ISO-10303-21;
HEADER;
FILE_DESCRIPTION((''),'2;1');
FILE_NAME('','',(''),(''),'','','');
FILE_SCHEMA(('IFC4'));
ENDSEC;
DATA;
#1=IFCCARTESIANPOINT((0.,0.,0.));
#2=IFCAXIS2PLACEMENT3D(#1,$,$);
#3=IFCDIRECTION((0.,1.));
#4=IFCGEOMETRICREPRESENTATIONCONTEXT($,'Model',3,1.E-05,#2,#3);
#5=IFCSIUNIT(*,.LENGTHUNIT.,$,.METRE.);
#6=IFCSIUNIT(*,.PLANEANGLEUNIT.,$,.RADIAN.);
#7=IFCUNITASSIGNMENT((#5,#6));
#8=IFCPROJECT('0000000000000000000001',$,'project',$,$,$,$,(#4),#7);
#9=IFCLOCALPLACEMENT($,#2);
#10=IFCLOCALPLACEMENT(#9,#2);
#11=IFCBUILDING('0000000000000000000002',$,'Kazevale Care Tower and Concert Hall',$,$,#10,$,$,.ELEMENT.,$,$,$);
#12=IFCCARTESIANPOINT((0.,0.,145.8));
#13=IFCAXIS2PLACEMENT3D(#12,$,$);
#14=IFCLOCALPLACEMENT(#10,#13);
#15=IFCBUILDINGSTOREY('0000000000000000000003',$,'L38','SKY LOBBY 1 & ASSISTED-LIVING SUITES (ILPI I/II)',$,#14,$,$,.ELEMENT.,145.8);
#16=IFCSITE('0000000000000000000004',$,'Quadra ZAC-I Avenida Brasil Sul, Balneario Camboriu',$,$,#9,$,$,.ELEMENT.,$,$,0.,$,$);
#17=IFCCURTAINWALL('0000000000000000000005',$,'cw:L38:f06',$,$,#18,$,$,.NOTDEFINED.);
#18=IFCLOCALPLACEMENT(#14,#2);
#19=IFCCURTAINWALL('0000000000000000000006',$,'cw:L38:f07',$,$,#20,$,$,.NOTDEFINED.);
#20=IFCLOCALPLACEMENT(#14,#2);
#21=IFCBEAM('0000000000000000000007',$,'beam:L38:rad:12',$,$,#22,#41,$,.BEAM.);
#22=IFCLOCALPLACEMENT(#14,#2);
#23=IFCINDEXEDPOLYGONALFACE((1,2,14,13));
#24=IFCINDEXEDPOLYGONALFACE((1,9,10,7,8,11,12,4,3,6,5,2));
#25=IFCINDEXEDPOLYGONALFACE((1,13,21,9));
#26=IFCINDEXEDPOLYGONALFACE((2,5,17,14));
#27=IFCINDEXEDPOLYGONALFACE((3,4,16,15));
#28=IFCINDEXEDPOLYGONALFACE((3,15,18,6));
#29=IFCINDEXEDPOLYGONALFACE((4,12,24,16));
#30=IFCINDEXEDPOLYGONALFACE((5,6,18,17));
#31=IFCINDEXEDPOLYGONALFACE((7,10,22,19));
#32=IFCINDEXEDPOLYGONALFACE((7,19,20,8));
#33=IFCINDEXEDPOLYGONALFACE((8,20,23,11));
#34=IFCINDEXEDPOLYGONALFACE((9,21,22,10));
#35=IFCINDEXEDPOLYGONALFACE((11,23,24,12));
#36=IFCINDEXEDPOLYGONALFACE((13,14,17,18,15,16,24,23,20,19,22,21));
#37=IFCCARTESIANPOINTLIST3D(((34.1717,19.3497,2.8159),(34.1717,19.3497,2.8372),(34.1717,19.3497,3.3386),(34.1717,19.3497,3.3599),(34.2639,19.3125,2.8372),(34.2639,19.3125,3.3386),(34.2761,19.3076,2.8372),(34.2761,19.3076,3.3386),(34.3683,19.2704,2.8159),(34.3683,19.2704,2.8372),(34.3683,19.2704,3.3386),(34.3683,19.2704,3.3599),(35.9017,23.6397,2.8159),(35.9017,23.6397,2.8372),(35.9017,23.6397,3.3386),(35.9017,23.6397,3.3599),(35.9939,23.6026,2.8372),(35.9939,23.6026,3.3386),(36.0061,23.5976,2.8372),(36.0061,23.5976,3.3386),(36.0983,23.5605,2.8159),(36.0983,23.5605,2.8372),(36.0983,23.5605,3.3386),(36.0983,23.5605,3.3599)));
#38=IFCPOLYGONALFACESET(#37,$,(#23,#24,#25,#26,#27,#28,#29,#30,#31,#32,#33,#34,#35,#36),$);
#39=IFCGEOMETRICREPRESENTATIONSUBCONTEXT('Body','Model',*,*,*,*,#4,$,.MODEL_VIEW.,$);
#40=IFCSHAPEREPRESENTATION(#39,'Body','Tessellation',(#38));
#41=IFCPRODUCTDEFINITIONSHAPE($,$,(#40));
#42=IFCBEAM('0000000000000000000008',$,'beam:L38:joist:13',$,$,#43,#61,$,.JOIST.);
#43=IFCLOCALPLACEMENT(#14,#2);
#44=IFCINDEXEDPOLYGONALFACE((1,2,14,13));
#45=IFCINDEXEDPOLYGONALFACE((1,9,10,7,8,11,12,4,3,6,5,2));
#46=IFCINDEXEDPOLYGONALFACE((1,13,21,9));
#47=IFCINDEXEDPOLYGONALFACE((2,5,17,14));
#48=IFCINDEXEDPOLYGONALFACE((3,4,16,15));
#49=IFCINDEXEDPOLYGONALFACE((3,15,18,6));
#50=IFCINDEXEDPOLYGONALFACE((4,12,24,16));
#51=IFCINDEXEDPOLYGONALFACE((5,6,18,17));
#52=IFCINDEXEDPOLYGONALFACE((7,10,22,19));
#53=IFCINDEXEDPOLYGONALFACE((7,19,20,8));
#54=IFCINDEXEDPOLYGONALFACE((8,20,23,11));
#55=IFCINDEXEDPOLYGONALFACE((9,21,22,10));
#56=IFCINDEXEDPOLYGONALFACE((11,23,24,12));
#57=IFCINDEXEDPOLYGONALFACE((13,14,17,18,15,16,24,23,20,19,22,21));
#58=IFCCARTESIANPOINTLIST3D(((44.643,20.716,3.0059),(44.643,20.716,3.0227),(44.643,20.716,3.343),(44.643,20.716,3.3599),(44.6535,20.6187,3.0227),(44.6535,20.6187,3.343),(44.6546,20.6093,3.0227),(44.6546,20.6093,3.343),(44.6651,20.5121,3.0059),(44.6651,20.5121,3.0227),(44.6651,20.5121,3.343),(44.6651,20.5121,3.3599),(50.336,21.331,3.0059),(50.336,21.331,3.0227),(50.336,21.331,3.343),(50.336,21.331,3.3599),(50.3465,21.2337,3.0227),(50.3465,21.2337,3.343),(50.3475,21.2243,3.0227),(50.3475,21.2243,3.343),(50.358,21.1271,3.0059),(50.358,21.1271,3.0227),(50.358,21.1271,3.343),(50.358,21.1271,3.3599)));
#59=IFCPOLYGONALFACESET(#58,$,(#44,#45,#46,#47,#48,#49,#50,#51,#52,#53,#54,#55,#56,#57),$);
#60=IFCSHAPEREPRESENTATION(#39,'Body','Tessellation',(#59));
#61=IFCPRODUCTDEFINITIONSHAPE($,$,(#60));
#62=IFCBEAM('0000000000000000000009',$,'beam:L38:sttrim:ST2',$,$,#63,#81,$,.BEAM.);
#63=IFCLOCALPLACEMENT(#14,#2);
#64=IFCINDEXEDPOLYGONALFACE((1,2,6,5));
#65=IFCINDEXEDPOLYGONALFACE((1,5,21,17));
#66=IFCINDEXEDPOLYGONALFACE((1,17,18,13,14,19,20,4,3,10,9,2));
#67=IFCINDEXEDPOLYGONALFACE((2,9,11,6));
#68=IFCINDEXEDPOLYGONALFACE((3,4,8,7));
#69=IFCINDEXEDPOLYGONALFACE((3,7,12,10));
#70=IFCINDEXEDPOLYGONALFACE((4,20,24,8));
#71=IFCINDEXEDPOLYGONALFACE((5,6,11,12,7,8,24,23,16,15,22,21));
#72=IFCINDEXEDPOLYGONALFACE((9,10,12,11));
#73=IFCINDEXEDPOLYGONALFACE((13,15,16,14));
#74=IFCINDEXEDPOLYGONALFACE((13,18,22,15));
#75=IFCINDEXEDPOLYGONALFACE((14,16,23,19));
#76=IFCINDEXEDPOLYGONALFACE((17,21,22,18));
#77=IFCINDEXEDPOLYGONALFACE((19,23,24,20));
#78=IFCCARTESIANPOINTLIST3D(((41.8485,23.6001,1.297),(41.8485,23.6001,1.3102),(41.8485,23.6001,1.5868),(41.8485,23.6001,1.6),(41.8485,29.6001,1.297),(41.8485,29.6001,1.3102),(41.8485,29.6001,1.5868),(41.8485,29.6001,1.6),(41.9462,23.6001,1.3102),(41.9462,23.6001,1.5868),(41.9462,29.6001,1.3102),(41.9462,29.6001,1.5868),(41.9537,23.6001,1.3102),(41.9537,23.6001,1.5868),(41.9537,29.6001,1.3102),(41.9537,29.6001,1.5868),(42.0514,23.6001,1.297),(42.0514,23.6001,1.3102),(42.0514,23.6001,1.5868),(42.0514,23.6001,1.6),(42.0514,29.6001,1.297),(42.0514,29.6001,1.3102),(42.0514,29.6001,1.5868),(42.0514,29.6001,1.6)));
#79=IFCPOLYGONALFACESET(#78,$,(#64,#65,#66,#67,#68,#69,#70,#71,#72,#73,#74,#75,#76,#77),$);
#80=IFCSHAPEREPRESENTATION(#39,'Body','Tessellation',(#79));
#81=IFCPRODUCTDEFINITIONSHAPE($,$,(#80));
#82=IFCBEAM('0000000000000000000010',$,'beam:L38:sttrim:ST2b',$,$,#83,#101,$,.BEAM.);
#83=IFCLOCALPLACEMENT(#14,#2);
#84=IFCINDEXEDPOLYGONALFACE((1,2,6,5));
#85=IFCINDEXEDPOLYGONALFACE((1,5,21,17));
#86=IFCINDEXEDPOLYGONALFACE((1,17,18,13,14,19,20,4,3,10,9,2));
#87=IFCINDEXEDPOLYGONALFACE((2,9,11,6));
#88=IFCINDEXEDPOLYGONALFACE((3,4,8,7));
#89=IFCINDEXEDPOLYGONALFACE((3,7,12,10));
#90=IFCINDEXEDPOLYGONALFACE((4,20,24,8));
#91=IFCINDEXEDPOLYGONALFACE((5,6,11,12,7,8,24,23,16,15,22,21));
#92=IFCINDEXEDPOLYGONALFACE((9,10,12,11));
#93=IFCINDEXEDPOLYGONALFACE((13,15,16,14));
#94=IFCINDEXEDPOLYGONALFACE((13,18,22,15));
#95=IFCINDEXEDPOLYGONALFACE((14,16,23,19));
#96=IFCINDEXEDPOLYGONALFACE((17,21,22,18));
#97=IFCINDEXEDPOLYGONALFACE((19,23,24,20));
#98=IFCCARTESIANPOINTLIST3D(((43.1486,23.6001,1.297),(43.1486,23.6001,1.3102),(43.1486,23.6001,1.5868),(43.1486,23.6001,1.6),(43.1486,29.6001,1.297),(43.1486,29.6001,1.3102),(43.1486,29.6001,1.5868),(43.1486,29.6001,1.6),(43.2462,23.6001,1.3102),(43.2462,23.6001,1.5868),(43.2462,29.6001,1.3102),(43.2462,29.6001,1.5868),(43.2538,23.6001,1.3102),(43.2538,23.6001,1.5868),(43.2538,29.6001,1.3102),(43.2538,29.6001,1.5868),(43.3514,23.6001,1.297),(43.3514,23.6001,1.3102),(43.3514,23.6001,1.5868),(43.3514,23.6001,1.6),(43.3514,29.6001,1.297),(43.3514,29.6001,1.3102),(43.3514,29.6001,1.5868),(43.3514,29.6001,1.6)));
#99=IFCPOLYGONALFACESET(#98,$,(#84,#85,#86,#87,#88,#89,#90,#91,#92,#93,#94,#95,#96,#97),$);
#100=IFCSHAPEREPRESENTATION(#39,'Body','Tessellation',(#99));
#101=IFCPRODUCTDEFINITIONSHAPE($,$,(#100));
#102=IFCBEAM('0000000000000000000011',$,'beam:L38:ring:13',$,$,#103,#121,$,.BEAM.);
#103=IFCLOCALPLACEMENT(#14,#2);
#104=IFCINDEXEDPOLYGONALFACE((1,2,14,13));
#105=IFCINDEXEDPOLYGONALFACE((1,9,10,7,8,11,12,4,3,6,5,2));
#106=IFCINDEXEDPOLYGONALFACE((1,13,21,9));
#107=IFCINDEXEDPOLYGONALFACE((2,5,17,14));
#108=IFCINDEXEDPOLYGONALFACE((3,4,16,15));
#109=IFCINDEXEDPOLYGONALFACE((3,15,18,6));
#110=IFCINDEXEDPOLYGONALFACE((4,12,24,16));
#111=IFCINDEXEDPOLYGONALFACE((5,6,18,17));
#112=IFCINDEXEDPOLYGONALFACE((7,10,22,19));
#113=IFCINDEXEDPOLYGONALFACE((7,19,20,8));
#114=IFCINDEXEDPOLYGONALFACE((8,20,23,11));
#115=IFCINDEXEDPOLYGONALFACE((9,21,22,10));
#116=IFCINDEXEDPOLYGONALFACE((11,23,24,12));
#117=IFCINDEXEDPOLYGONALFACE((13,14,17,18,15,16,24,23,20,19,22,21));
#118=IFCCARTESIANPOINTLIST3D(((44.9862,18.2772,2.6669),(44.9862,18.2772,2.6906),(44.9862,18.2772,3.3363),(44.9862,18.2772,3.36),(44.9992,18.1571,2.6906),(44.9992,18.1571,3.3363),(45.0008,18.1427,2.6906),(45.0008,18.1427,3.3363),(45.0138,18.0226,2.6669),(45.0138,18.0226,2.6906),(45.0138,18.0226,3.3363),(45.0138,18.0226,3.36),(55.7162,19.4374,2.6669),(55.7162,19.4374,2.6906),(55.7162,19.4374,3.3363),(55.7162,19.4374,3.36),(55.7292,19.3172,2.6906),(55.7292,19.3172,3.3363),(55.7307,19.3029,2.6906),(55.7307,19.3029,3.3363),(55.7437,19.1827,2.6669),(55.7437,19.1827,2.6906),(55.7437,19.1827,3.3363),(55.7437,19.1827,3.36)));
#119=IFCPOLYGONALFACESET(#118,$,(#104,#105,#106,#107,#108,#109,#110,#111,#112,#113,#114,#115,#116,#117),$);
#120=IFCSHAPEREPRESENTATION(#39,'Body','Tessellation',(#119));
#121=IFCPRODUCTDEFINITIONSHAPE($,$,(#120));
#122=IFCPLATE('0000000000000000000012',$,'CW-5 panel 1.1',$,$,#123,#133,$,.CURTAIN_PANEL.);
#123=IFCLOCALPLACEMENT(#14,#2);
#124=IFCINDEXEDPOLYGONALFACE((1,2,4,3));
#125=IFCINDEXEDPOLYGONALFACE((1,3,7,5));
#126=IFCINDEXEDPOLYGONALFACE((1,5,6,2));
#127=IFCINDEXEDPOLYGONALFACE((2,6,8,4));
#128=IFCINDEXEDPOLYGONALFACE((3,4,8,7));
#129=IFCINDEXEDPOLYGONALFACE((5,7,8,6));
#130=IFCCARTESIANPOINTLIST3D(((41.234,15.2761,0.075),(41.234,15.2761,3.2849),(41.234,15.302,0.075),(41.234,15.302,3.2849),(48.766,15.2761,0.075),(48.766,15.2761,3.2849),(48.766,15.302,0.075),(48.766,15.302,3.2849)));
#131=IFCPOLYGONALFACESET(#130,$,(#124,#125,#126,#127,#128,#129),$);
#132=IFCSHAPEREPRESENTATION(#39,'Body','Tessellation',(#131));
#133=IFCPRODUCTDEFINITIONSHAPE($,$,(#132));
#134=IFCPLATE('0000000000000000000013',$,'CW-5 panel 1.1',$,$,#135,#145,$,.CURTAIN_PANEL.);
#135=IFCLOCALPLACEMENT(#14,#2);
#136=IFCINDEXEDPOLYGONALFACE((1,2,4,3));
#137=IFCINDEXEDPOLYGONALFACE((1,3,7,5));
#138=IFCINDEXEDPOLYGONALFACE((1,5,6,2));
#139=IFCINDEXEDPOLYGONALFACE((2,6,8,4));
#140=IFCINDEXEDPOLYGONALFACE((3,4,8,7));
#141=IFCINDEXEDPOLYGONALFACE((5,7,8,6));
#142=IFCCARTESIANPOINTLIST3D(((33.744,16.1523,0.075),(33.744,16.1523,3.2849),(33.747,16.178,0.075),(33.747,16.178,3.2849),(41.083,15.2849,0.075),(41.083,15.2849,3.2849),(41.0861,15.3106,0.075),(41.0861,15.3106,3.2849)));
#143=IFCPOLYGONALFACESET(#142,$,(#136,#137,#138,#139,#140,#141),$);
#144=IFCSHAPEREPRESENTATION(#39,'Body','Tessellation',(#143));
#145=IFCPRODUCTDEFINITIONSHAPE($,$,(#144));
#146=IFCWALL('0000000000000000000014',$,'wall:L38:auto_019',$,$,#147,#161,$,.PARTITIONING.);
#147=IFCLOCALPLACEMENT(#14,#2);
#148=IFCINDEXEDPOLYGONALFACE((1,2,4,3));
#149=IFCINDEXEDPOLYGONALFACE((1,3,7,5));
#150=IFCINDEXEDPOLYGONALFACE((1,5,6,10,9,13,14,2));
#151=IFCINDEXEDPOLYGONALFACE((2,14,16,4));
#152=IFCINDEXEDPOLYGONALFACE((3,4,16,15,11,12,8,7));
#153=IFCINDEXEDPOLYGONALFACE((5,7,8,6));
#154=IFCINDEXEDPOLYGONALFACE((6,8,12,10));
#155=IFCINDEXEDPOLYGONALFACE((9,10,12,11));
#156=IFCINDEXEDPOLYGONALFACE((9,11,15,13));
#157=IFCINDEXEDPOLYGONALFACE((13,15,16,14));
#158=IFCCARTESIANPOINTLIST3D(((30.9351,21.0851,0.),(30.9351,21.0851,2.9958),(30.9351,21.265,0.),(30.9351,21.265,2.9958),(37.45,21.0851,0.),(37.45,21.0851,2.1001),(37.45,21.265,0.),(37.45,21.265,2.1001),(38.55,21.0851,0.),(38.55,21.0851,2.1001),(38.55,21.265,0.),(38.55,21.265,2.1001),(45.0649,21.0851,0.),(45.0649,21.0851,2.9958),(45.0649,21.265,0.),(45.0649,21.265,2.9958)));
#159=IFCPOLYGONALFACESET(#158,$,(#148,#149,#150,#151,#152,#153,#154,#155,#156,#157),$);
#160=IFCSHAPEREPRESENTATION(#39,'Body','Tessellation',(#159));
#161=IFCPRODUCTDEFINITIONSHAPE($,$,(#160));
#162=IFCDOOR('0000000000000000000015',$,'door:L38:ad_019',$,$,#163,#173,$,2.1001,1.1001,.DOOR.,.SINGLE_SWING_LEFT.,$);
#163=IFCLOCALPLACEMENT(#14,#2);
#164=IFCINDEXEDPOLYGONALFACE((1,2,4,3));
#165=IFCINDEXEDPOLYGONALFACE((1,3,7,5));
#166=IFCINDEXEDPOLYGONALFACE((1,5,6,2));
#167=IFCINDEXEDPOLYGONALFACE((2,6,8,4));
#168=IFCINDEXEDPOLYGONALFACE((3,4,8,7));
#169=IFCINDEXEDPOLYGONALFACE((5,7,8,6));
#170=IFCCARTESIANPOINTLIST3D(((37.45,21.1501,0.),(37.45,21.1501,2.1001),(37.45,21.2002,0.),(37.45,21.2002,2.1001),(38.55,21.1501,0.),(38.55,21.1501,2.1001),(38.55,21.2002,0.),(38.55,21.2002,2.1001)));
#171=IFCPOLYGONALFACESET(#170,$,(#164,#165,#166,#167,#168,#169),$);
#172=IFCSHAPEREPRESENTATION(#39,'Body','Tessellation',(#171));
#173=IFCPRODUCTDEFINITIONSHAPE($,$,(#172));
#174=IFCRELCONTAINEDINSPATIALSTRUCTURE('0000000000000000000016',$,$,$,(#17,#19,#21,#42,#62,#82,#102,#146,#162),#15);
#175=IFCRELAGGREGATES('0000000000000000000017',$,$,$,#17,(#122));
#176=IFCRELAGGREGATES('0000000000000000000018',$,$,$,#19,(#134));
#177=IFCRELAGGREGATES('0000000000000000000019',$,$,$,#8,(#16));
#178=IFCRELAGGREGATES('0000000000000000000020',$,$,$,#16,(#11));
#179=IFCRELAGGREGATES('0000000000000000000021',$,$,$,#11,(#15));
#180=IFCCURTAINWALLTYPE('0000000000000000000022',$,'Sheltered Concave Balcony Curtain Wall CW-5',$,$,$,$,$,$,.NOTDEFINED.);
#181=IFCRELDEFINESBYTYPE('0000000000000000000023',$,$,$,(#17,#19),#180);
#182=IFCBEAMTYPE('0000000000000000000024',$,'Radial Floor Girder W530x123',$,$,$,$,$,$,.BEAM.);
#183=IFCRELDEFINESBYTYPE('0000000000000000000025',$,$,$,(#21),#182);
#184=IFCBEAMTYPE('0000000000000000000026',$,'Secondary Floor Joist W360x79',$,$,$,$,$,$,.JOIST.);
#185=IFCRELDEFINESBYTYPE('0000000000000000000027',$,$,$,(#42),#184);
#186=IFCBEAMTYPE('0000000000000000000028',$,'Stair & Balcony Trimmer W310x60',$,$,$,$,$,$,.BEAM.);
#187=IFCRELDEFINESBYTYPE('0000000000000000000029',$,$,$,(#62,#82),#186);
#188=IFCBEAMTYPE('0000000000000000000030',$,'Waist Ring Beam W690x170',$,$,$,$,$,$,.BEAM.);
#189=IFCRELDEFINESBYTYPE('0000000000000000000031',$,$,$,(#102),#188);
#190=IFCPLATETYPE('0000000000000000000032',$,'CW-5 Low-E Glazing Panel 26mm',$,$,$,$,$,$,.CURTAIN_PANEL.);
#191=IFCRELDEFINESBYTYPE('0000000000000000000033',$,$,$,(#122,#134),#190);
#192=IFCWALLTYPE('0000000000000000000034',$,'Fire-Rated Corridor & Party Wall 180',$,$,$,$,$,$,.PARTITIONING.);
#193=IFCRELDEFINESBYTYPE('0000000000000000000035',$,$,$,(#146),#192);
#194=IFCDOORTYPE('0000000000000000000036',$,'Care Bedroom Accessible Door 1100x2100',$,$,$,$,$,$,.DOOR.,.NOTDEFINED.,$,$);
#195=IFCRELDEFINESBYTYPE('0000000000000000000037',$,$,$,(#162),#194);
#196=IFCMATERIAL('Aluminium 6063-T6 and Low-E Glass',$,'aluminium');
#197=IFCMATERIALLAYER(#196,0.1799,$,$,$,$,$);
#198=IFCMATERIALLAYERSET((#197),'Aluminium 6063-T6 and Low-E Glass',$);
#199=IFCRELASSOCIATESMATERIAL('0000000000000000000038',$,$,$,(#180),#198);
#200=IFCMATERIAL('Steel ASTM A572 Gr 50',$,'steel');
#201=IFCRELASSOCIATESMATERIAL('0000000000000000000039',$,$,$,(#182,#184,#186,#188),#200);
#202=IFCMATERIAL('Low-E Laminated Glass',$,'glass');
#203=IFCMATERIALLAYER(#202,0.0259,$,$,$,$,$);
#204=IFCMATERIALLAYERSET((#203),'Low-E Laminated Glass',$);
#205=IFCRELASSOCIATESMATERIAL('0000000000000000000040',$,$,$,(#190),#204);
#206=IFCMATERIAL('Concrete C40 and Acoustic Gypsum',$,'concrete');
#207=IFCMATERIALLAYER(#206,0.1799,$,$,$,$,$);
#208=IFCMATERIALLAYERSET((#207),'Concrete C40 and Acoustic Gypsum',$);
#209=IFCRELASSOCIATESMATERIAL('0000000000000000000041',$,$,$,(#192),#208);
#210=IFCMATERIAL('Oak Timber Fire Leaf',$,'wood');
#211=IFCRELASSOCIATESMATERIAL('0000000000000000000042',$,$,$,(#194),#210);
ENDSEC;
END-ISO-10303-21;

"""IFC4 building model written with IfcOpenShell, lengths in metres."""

from ifc_helpers import new_model, si_unit, direction, frame, frame_2d, origin, origin_2d, place, context, subcontext, project, spatial, rectangle, i_section, extrude, material, layer, layer_set, material_profile, profile_set, type_object, element, fill, aggregate, save


model = new_model("IFC4")

# Units and contexts
model_context = context("Model", 3, precision=1e-05, world=origin(), true_north=direction((0.0, 1.0)))
body_context = subcontext(model_context, "Body", "Model", "MODEL_VIEW")
ifc_project = project(units=[si_unit("LENGTHUNIT", "METRE"), si_unit("PLANEANGLEUNIT", "RADIAN")], contexts=[model_context])

# Site, building, storey
site_placement = place(None, origin())
site = spatial("IfcSite", under=ifc_project, at=site_placement, Name="Quadra ZAC-I Avenida Brasil Sul, Balneario Camboriu", CompositionType="ELEMENT", RefElevation=0.0)
building_placement = place(site_placement, origin())
building = spatial("IfcBuilding", under=site, at=building_placement, Name="Kazevale Care Tower and Concert Hall", CompositionType="ELEMENT")
storey_placement = place(building_placement, frame((0.0, 0.0, 145.8)))
storey = spatial("IfcBuildingStorey", under=building, at=storey_placement, Name="L38", Description="SKY LOBBY 1 & ASSISTED-LIVING SUITES (ILPI I/II)", CompositionType="ELEMENT", Elevation=145.8)

# Curtain walls
ifc_material_1 = material(Name="Aluminium 6063-T6 and Low-E Glass", Category="aluminium")
ifc_layer_1 = layer(ifc_material_1, 0.1799)
ifc_layer_set_1 = layer_set([ifc_layer_1], Name="Aluminium 6063-T6 and Low-E Glass")
curtain_wall_type = type_object("IfcCurtainWallType", Name="Sheltered Concave Balcony Curtain Wall CW-5", PredefinedType="NOTDEFINED", material=ifc_layer_set_1)
curtain_wall_1_placement = place(storey_placement, origin())
curtain_wall_1 = element("IfcCurtainWall", 1, at=curtain_wall_1_placement, inside=storey, type_object=curtain_wall_type, Name="cw:L38:f06", PredefinedType="NOTDEFINED")
curtain_wall_2_placement = place(storey_placement, origin())
curtain_wall_2 = element("IfcCurtainWall", 2, at=curtain_wall_2_placement, inside=storey, type_object=curtain_wall_type, Name="cw:L38:f07", PredefinedType="NOTDEFINED")

# Beams
ifc_material_2 = material(Name="Steel ASTM A572 Gr 50", Category="steel")
ifc_material_profile_1 = material_profile(ifc_material_2, i_section(OverallWidth=0.2119, OverallDepth=0.5439, WebThickness=0.0132, FlangeThickness=0.0212, at=origin_2d()), Name="W530x123")
ifc_profile_set_1 = profile_set([ifc_material_profile_1], Name="Steel ASTM A572 Gr 50")
beam_type_1 = type_object("IfcBeamType", Name="Radial Floor Girder W530x123", PredefinedType="BEAM", material=ifc_profile_set_1)
beam_1_placement = place(storey_placement, frame((36.0, 23.6001, 3.0879), z_axis=(-0.373992, -0.927432, 0.0), x_axis=(0.927432, -0.373992, 0.0)))
element("IfcBeam", 3, at=beam_1_placement, inside=storey, type_object=beam_type_1, Name="beam:L38:rad:12", PredefinedType="BEAM", context=body_context, shape_type="SweptSolid", body=[
    extrude(i_section(OverallWidth=0.2119, OverallDepth=0.5439, WebThickness=0.0132, FlangeThickness=0.0212, at=origin_2d()), origin(), (0.0, 0.0, 1.0), 4.6257),
])
ifc_material_profile_2 = material_profile(ifc_material_2, i_section(OverallWidth=0.2051, OverallDepth=0.354, WebThickness=0.0095, FlangeThickness=0.0168, at=origin_2d()), Name="W360x79")
ifc_profile_set_2 = profile_set([ifc_material_profile_2], Name="Steel ASTM A572 Gr 50")
beam_type_2 = type_object("IfcBeamType", Name="Secondary Floor Joist W360x79", PredefinedType="JOIST", material=ifc_profile_set_2)
beam_2_placement = place(storey_placement, frame((44.6541, 20.614, 3.1829), z_axis=(0.994216, 0.107403, 0.0), x_axis=(-0.107403, 0.994216, 0.0)))
element("IfcBeam", 4, at=beam_2_placement, inside=storey, type_object=beam_type_2, Name="beam:L38:joist:13", PredefinedType="JOIST", context=body_context, shape_type="SweptSolid", body=[
    extrude(i_section(OverallWidth=0.2051, OverallDepth=0.354, WebThickness=0.0095, FlangeThickness=0.0168, at=origin_2d()), origin(), (0.0, 0.0, 1.0), 5.7261),
])
ifc_material_profile_3 = material_profile(ifc_material_2, i_section(OverallWidth=0.2029, OverallDepth=0.303, WebThickness=0.0076, FlangeThickness=0.0132, at=origin_2d()), Name="W310x60")
ifc_profile_set_3 = profile_set([ifc_material_profile_3], Name="Steel ASTM A572 Gr 50")
beam_type_3 = type_object("IfcBeamType", Name="Stair & Balcony Trimmer W310x60", PredefinedType="BEAM", material=ifc_profile_set_3)
for number, where, z_axis, x_axis, name in (
    (5, (41.95, 23.6001, 1.4485), (0.0, 1.0, 0.0), (-1.0, 0.0, 0.0), "beam:L38:sttrim:ST2"),
    (6, (43.25, 23.6001, 1.4485), (0.0, 1.0, 0.0), (-1.0, 0.0, 0.0), "beam:L38:sttrim:ST2b"),
):
    element("IfcBeam", number, at=place(storey_placement, frame(where, z_axis=z_axis, x_axis=x_axis)), inside=storey, type_object=beam_type_3, Name=name, PredefinedType="BEAM", context=body_context, shape_type="SweptSolid", body=[
        extrude(i_section(OverallWidth=0.2029, OverallDepth=0.303, WebThickness=0.0076, FlangeThickness=0.0132, at=origin_2d()), origin(), (0.0, 0.0, 1.0), 6.0),
    ])
ifc_material_profile_4 = material_profile(ifc_material_2, i_section(OverallWidth=0.2561, OverallDepth=0.6931, WebThickness=0.0144, FlangeThickness=0.0237, at=origin_2d()), Name="W690x170")
ifc_profile_set_4 = profile_set([ifc_material_profile_4], Name="Steel ASTM A572 Gr 50")
beam_type_4 = type_object("IfcBeamType", Name="Waist Ring Beam W690x170", PredefinedType="BEAM", material=ifc_profile_set_4)
beam_3_placement = place(storey_placement, frame((45.0, 18.1499, 3.0134), z_axis=(0.994205, 0.107496, 0.0), x_axis=(-0.107496, 0.994205, 0.0)))
element("IfcBeam", 7, at=beam_3_placement, inside=storey, type_object=beam_type_4, Name="beam:L38:ring:13", PredefinedType="BEAM", context=body_context, shape_type="SweptSolid", body=[
    extrude(i_section(OverallWidth=0.2561, OverallDepth=0.6931, WebThickness=0.0144, FlangeThickness=0.0237, at=origin_2d()), origin(), (0.0, 0.0, 1.0), 10.7925),
])

# Plates
ifc_material_3 = material(Name="Low-E Laminated Glass", Category="glass")
ifc_layer_2 = layer(ifc_material_3, 0.0259)
ifc_layer_set_2 = layer_set([ifc_layer_2], Name="Low-E Laminated Glass")
plate_type = type_object("IfcPlateType", Name="CW-5 Low-E Glazing Panel 26mm", PredefinedType="CURTAIN_PANEL", material=ifc_layer_set_2)
plate_1_placement = place(storey_placement, frame((45.0, 15.2891, 0.075), z_axis=(0.0, 0.0, 1.0), x_axis=(-1.0, 0.0, 0.0)))
plate_1 = element("IfcPlate", 8, at=plate_1_placement, type_object=plate_type, Name="CW-5 panel 1.1", PredefinedType="CURTAIN_PANEL", context=body_context, shape_type="SweptSolid", body=[
    extrude(rectangle(XDim=7.532, YDim=0.0259, at=origin_2d()), origin(), (0.0, 0.0, 1.0), 3.21),
])
aggregate(curtain_wall_1, [plate_1])
plate_2_placement = place(storey_placement, frame((37.415, 15.7314, 0.075), z_axis=(0.0, 0.0, 1.0), x_axis=(-0.993088, 0.117372, 0.0)))
plate_2 = element("IfcPlate", 9, at=plate_2_placement, type_object=plate_type, Name="CW-5 panel 1.1", PredefinedType="CURTAIN_PANEL", context=body_context, shape_type="SweptSolid", body=[
    extrude(rectangle(XDim=7.3901, YDim=0.0259, at=origin_2d()), origin(), (0.0, 0.0, 1.0), 3.21),
])
aggregate(curtain_wall_2, [plate_2])

# Wall, opening, door
ifc_material_4 = material(Name="Concrete C40 and Acoustic Gypsum", Category="concrete")
ifc_layer_3 = layer(ifc_material_4, 0.1799)
ifc_layer_set_3 = layer_set([ifc_layer_3], Name="Concrete C40 and Acoustic Gypsum")
wall_type_1 = type_object("IfcWallType", Name="Fire-Rated Corridor & Party Wall 180", PredefinedType="PARTITIONING", material=ifc_layer_set_3)
wall_1_placement = place(storey_placement, frame((45.0649, 21.175, 0.0), z_axis=(0.0, 0.0, 1.0), x_axis=(-1.0, 0.0, 0.0)))
wall_1 = element("IfcWall", 10, at=wall_1_placement, inside=storey, type_object=wall_type_1, Name="wall:L38:auto_019", PredefinedType="PARTITIONING", context=body_context, shape_type="SweptSolid", body=[
    extrude(rectangle(XDim=14.1299, YDim=0.1799, at=frame_2d((7.0649, 0.0))), origin(), (0.0, 0.0, 1.0), 2.9958),
])
opening_1_placement = place(wall_1_placement, frame((6.5149, 0.0, 0.0)))
opening_1 = element("IfcOpeningElement", 11, at=opening_1_placement, cuts=wall_1, PredefinedType="OPENING", context=body_context, shape_type="SweptSolid", body=[
    extrude(rectangle(XDim=1.1001, YDim=2.1001, at=frame_2d((0.55, 1.05))), frame((0.0, 0.0999, 0.0), z_axis=(0.0, -1.0, 0.0), x_axis=(1.0, 0.0, 0.0)), (0.0, 0.0, 1.0), 0.2),
])
ifc_material_5 = material(Name="Oak Timber Fire Leaf", Category="wood")
door_type_1 = type_object("IfcDoorType", Name="Care Bedroom Accessible Door 1100x2100", OperationType="NOTDEFINED", PredefinedType="DOOR", material=ifc_material_5)
door_1_placement = place(opening_1_placement, origin())
door_1 = element("IfcDoor", 12, at=door_1_placement, inside=storey, type_object=door_type_1, Name="door:L38:ad_019", OperationType="SINGLE_SWING_LEFT", OverallHeight=2.1001, OverallWidth=1.1001, PredefinedType="DOOR", context=body_context, shape_type="SweptSolid", body=[
    extrude(rectangle(XDim=1.1001, YDim=2.1001, at=frame_2d((0.55, 1.05))), frame((0.0, 0.0249, 0.0), z_axis=(0.0, -1.0, 0.0), x_axis=(1.0, 0.0, 0.0)), (0.0, 0.0, 1.0), 0.05),
])
fill(opening_1, door_1)

save(model, "model.ifc")
